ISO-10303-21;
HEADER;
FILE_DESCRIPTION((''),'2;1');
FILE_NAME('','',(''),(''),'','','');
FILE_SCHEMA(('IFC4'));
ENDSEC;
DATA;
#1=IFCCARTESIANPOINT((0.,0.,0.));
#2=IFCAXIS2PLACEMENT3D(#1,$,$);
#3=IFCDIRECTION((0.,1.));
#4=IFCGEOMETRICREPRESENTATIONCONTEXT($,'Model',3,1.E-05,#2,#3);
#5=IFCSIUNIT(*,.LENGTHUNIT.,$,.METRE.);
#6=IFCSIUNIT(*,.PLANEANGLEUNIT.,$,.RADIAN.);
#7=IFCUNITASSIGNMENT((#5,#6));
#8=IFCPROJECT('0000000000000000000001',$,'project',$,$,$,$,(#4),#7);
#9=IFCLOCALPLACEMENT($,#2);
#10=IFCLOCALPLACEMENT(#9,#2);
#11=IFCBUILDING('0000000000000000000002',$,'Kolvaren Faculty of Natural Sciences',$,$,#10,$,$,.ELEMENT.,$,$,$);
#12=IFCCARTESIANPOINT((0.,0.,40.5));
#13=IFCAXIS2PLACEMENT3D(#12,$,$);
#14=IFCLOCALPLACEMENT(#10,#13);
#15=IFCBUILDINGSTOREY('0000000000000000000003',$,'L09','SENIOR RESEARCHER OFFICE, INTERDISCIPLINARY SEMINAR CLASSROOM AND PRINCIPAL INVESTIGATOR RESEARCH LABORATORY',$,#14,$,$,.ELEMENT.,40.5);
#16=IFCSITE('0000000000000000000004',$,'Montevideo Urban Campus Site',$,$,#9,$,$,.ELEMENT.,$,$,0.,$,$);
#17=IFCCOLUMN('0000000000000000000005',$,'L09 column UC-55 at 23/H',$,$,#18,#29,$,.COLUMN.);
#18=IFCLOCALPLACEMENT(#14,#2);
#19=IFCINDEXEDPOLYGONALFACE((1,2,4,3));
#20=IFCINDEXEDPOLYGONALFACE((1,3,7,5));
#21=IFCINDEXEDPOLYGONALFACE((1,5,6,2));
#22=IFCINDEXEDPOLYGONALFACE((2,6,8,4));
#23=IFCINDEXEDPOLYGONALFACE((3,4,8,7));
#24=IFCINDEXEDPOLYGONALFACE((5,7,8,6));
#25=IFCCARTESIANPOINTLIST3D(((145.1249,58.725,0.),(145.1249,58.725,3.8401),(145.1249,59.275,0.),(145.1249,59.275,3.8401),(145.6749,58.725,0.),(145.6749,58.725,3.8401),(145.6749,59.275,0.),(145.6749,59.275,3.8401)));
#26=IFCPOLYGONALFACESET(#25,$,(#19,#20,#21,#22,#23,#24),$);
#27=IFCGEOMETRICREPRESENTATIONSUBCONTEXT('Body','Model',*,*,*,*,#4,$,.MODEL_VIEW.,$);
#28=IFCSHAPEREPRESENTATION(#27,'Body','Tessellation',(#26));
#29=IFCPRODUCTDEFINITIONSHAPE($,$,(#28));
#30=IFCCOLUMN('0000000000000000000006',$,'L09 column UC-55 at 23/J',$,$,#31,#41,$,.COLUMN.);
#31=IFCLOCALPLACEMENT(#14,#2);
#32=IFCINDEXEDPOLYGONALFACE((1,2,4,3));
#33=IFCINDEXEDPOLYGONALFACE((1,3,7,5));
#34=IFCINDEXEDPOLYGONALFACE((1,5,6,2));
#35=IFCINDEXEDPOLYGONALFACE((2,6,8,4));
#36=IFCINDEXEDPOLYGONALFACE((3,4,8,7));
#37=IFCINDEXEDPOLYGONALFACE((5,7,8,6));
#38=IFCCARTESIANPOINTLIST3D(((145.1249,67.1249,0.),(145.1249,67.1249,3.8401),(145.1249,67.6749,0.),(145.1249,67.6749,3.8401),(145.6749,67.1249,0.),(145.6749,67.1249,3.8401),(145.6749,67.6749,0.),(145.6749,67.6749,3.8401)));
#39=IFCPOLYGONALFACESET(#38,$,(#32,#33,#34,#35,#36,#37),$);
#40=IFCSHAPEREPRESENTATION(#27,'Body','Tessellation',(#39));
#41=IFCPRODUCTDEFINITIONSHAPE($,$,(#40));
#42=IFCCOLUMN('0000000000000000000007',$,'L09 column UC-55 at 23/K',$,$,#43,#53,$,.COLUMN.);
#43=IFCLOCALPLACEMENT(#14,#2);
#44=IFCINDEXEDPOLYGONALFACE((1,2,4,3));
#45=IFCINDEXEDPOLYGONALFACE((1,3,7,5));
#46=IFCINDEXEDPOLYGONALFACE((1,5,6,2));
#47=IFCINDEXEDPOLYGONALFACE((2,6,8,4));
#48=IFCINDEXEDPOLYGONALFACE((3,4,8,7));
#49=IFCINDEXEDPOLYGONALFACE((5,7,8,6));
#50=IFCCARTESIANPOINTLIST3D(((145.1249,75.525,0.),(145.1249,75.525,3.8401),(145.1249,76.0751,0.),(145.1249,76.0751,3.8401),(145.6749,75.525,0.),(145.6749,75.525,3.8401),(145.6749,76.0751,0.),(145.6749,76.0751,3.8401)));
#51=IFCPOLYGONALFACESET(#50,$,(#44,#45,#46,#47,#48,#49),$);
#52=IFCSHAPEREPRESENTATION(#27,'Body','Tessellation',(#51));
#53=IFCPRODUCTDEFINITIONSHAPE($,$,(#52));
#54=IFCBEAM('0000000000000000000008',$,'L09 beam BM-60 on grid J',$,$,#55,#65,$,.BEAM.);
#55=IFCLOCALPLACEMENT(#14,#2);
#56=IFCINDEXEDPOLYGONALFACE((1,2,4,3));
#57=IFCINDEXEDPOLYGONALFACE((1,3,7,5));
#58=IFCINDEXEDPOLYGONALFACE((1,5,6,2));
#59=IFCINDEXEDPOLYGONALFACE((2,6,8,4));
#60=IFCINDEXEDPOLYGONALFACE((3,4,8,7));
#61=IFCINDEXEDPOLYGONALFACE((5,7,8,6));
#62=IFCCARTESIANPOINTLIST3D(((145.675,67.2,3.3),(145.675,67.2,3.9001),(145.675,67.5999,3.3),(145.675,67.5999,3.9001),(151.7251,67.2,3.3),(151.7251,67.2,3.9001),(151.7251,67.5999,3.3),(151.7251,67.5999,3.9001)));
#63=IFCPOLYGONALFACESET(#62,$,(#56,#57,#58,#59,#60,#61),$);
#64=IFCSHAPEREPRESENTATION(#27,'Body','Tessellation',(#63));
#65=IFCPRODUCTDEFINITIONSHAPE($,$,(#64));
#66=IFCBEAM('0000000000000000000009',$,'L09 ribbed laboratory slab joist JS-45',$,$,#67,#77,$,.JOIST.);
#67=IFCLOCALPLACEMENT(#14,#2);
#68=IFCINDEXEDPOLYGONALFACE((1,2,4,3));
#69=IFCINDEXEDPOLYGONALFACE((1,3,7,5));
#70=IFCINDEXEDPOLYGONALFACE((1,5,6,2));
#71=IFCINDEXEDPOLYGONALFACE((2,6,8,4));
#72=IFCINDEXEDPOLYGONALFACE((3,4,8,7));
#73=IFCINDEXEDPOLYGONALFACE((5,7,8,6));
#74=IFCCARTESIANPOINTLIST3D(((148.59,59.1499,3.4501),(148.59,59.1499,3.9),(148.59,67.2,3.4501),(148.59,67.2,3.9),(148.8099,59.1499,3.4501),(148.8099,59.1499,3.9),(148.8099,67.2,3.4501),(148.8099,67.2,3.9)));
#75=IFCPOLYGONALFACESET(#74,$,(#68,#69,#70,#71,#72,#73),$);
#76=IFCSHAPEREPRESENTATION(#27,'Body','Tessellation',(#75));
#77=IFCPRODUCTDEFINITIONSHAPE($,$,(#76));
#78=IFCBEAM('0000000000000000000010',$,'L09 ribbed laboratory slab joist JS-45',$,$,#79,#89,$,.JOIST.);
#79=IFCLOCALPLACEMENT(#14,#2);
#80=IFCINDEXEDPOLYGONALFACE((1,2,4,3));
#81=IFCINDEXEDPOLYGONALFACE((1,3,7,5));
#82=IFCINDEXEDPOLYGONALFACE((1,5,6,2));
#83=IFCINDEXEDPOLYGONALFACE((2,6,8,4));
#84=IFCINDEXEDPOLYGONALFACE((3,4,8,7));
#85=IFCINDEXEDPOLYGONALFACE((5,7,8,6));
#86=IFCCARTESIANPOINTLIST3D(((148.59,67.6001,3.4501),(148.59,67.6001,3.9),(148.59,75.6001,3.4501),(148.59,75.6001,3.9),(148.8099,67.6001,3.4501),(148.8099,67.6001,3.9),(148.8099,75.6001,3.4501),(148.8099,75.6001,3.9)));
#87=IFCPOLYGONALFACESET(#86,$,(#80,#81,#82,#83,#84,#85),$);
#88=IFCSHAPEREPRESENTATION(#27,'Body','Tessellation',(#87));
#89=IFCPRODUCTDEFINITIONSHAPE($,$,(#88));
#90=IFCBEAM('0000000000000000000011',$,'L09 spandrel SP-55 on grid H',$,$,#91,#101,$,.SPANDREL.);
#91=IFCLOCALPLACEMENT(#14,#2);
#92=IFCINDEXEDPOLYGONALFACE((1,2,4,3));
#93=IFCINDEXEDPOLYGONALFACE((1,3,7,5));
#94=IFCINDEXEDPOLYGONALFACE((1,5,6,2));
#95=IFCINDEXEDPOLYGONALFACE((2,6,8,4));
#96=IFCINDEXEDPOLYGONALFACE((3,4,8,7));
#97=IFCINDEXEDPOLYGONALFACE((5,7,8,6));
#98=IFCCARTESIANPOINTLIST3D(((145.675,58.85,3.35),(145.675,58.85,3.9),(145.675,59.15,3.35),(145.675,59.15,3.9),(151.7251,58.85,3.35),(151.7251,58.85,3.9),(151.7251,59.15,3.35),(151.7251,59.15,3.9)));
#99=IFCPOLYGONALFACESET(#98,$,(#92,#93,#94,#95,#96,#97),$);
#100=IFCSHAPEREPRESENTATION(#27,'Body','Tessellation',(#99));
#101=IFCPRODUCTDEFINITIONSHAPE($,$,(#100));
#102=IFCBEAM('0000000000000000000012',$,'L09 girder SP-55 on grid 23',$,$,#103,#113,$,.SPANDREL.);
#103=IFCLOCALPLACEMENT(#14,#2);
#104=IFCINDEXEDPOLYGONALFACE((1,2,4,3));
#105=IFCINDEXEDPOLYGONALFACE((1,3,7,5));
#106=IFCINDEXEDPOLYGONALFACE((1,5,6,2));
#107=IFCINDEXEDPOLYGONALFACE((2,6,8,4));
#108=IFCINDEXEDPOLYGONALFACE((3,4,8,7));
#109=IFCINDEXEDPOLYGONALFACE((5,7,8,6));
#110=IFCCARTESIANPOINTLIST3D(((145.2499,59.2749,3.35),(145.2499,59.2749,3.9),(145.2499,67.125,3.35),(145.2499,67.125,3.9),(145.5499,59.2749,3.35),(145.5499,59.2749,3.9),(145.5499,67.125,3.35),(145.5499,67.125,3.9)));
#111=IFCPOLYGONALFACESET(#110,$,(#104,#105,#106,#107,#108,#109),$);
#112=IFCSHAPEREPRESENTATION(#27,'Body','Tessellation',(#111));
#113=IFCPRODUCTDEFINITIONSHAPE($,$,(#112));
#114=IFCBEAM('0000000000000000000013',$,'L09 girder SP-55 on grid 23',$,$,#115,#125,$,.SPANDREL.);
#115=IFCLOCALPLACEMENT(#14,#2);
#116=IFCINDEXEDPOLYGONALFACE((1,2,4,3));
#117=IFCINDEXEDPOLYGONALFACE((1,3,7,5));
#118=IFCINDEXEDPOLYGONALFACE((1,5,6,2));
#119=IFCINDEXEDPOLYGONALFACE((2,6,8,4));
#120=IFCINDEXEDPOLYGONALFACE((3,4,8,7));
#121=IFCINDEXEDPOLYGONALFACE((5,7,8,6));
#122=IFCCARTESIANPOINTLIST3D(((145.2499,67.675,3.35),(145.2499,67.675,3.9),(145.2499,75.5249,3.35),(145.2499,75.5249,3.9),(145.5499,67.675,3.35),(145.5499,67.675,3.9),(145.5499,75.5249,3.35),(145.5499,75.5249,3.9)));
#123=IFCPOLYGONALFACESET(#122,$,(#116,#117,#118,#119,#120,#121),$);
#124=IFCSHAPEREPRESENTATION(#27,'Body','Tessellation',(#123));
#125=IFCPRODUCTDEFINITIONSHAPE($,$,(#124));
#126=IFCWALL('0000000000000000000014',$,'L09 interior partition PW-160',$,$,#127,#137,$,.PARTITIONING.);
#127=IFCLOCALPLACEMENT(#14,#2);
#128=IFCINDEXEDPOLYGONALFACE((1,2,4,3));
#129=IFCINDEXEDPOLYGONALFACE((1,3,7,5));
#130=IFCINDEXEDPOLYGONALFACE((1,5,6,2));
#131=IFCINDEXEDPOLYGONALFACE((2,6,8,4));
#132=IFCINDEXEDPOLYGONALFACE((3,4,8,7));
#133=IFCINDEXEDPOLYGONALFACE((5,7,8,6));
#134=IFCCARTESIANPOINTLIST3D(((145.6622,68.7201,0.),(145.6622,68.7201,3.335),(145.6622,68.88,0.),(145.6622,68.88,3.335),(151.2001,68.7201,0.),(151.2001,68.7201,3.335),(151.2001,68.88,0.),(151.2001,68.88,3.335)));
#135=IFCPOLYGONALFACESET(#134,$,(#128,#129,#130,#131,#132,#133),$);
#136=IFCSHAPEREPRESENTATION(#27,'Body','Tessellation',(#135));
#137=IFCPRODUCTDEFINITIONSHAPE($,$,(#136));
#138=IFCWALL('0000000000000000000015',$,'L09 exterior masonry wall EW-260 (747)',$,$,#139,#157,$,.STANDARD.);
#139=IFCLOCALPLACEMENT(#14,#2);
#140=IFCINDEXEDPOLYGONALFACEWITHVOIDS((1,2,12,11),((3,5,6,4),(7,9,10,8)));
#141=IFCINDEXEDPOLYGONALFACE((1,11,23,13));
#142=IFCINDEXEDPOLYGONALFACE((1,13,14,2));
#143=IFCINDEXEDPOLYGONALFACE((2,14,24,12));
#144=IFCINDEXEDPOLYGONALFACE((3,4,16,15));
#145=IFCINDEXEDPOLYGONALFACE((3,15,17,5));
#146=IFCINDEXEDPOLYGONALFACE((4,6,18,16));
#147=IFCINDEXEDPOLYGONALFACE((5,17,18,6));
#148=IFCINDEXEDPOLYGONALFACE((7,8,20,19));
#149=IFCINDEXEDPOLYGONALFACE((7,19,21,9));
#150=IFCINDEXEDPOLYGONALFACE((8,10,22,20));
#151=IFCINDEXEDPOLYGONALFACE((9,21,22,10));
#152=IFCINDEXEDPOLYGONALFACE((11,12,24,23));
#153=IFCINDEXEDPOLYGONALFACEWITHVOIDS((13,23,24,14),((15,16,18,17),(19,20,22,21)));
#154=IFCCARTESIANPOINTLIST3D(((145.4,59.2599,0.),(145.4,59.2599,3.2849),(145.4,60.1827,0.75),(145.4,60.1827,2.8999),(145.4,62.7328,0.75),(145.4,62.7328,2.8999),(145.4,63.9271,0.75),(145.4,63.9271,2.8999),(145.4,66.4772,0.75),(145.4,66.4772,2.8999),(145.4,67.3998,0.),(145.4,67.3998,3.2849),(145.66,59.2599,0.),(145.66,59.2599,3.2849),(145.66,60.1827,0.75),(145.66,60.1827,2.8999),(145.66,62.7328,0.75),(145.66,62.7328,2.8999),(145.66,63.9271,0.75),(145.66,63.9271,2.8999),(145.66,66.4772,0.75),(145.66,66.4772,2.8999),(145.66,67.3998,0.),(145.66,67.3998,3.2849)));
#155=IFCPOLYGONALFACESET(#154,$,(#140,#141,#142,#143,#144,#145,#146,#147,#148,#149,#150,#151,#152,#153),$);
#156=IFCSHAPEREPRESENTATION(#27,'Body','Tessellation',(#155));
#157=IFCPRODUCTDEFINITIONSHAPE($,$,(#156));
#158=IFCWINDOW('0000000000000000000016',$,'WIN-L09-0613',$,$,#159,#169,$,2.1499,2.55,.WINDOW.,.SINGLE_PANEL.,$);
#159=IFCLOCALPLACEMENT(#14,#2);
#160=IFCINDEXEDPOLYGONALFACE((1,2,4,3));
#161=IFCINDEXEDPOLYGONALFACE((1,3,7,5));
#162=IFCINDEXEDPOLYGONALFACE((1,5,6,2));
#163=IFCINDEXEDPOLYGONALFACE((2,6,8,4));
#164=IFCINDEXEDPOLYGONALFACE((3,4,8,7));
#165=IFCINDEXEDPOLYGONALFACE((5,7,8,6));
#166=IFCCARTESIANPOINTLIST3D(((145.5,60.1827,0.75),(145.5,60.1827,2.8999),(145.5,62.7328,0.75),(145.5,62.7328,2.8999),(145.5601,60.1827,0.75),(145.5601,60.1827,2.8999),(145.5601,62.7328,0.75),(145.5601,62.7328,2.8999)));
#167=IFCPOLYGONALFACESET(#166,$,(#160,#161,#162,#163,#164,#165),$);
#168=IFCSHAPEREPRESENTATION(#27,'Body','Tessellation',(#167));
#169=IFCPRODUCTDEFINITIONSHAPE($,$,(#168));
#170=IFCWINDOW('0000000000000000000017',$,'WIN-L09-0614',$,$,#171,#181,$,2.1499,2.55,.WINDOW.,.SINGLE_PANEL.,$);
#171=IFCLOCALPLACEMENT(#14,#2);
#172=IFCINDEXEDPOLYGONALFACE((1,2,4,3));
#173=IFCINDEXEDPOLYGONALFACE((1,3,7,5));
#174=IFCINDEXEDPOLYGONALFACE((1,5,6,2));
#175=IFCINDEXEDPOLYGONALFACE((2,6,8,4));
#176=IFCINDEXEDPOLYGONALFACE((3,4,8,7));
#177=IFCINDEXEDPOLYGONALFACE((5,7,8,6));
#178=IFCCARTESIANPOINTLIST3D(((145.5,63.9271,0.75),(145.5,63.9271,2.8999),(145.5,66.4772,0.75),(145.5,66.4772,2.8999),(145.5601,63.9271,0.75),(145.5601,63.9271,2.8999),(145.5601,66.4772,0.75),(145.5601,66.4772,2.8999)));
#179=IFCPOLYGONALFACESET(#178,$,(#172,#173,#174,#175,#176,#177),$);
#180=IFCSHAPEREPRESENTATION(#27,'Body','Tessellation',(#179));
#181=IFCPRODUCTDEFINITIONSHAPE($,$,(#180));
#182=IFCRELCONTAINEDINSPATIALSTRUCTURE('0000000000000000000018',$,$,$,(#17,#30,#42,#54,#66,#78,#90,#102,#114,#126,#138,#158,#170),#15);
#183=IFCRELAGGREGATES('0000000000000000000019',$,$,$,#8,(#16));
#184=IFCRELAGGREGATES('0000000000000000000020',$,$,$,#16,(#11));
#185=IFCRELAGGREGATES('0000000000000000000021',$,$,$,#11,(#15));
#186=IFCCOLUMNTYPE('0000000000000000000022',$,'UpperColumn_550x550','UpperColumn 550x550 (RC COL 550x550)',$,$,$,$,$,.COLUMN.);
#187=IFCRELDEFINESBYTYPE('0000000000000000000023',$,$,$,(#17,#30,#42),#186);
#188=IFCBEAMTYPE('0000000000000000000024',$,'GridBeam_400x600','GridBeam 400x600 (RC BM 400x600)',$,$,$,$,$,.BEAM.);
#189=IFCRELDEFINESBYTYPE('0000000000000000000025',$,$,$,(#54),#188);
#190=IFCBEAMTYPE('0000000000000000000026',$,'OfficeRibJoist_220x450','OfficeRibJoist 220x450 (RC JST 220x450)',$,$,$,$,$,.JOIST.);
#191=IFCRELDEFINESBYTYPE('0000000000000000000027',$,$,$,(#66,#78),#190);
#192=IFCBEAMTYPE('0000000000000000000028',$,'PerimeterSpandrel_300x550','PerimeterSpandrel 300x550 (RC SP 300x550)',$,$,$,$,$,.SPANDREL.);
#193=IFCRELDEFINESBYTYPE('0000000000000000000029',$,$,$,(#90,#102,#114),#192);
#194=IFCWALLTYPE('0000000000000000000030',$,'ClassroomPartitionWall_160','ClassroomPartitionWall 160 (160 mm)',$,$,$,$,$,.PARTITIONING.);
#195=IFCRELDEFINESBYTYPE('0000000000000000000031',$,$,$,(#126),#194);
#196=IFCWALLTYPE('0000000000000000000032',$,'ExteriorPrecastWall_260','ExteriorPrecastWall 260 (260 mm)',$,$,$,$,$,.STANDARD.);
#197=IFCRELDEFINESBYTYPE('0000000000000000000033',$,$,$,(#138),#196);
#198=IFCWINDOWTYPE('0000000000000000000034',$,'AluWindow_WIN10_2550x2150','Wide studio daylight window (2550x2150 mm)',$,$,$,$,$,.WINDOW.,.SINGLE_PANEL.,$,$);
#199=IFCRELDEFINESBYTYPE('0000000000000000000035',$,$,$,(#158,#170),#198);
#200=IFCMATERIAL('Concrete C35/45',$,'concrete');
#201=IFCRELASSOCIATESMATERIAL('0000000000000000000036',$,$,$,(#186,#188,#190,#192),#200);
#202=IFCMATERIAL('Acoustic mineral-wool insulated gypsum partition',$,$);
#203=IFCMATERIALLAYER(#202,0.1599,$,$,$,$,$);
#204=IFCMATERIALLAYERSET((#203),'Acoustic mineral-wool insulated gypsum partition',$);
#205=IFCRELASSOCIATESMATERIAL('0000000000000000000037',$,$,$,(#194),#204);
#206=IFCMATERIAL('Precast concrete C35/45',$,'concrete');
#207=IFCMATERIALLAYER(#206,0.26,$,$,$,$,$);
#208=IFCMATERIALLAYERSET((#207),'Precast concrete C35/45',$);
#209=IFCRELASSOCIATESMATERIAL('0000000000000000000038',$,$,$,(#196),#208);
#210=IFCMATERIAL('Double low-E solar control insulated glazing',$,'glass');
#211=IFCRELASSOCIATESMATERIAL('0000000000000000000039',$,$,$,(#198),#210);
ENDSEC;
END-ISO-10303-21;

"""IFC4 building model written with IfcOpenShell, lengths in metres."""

from ifc_helpers import new_model, si_unit, direction, frame, frame_2d, origin, origin_2d, place, context, subcontext, project, spatial, rectangle, extrude, material, layer, layer_set, material_profile, profile_set, type_object, element, fill, save


model = new_model("IFC4")

# Units and contexts
model_context = context("Model", 3, precision=1e-05, world=origin(), true_north=direction((0.0, 1.0)))
body_context = subcontext(model_context, "Body", "Model", "MODEL_VIEW")
ifc_project = project(units=[si_unit("LENGTHUNIT", "METRE"), si_unit("PLANEANGLEUNIT", "RADIAN")], contexts=[model_context])

# Site, building, storey
site_placement = place(None, origin())
site = spatial("IfcSite", under=ifc_project, at=site_placement, Name="Montevideo Urban Campus Site", CompositionType="ELEMENT", RefElevation=0.0)
building_placement = place(site_placement, origin())
building = spatial("IfcBuilding", under=site, at=building_placement, Name="Kolvaren Faculty of Natural Sciences", CompositionType="ELEMENT")
storey_placement = place(building_placement, frame((0.0, 0.0, 40.5)))
storey = spatial("IfcBuildingStorey", under=building, at=storey_placement, Name="L09", Description="SENIOR RESEARCHER OFFICE, INTERDISCIPLINARY SEMINAR CLASSROOM AND PRINCIPAL INVESTIGATOR RESEARCH LABORATORY", CompositionType="ELEMENT", Elevation=40.5)

# Columns
ifc_material_1 = material(Name="Concrete C35/45", Category="concrete")
ifc_material_profile_1 = material_profile(ifc_material_1, rectangle(XDim=0.55, YDim=0.55, at=origin_2d()), Name="RC COL 550x550")
ifc_profile_set_1 = profile_set([ifc_material_profile_1], Name="Concrete C35/45")
column_type = type_object("IfcColumnType", Name="UpperColumn_550x550", Description="UpperColumn 550x550 (RC COL 550x550)", PredefinedType="COLUMN", material=ifc_profile_set_1)
for number, where, z_axis, x_axis, name in (
    (1, (145.3999, 59.0, 0.0), (0.0, 0.0, 1.0), (1.0, 0.0, 0.0), "L09 column UC-55 at 23/H"),
    (2, (145.3999, 67.3999, 0.0), (0.0, 0.0, 1.0), (1.0, 0.0, 0.0), "L09 column UC-55 at 23/J"),
    (3, (145.3999, 75.8, 0.0), (0.0, 0.0, 1.0), (1.0, 0.0, 0.0), "L09 column UC-55 at 23/K"),
):
    element("IfcColumn", number, at=place(storey_placement, frame(where, z_axis=z_axis, x_axis=x_axis)), inside=storey, type_object=column_type, Name=name, PredefinedType="COLUMN", context=body_context, shape_type="SweptSolid", body=[
        extrude(rectangle(XDim=0.55, YDim=0.55, at=origin_2d()), origin(), (0.0, 0.0, 1.0), 3.8401),
    ])

# Beams
ifc_material_profile_2 = material_profile(ifc_material_1, rectangle(XDim=0.3999, YDim=0.6001, at=origin_2d()), Name="RC BM 400x600")
ifc_profile_set_2 = profile_set([ifc_material_profile_2], Name="Concrete C35/45")
beam_type_1 = type_object("IfcBeamType", Name="GridBeam_400x600", Description="GridBeam 400x600 (RC BM 400x600)", PredefinedType="BEAM", material=ifc_profile_set_2)
beam_1_placement = place(storey_placement, frame((145.675, 67.3999, 3.6001), z_axis=(1.0, 0.0, 0.0), x_axis=(0.0, 1.0, 0.0)))
element("IfcBeam", 4, at=beam_1_placement, inside=storey, type_object=beam_type_1, Name="L09 beam BM-60 on grid J", PredefinedType="BEAM", context=body_context, shape_type="SweptSolid", body=[
    extrude(rectangle(XDim=0.3999, YDim=0.6001, at=origin_2d()), origin(), (0.0, 0.0, 1.0), 6.05),
])
ifc_material_profile_3 = material_profile(ifc_material_1, rectangle(XDim=0.22, YDim=0.45, at=origin_2d()), Name="RC JST 220x450")
ifc_profile_set_3 = profile_set([ifc_material_profile_3], Name="Concrete C35/45")
beam_type_2 = type_object("IfcBeamType", Name="OfficeRibJoist_220x450", Description="OfficeRibJoist 220x450 (RC JST 220x450)", PredefinedType="JOIST", material=ifc_profile_set_3)
beam_2_placement = place(storey_placement, frame((148.7, 59.1499, 3.675), z_axis=(0.0, 1.0, 0.0), x_axis=(-1.0, 0.0, 0.0)))
element("IfcBeam", 5, at=beam_2_placement, inside=storey, type_object=beam_type_2, Name="L09 ribbed laboratory slab joist JS-45", PredefinedType="JOIST", context=body_context, shape_type="SweptSolid", body=[
    extrude(rectangle(XDim=0.22, YDim=0.45, at=origin_2d()), origin(), (0.0, 0.0, 1.0), 8.05),
])
beam_3_placement = place(storey_placement, frame((148.7, 67.6001, 3.675), z_axis=(0.0, 1.0, 0.0), x_axis=(-1.0, 0.0, 0.0)))
element("IfcBeam", 6, at=beam_3_placement, inside=storey, type_object=beam_type_2, Name="L09 ribbed laboratory slab joist JS-45", PredefinedType="JOIST", context=body_context, shape_type="SweptSolid", body=[
    extrude(rectangle(XDim=0.22, YDim=0.45, at=origin_2d()), origin(), (0.0, 0.0, 1.0), 8.0),
])
ifc_material_profile_4 = material_profile(ifc_material_1, rectangle(XDim=0.3, YDim=0.55, at=origin_2d()), Name="RC SP 300x550")
ifc_profile_set_4 = profile_set([ifc_material_profile_4], Name="Concrete C35/45")
beam_type_3 = type_object("IfcBeamType", Name="PerimeterSpandrel_300x550", Description="PerimeterSpandrel 300x550 (RC SP 300x550)", PredefinedType="SPANDREL", material=ifc_profile_set_4)
beam_4_placement = place(storey_placement, frame((145.675, 59.0, 3.625), z_axis=(1.0, 0.0, 0.0), x_axis=(0.0, 1.0, 0.0)))
element("IfcBeam", 7, at=beam_4_placement, inside=storey, type_object=beam_type_3, Name="L09 spandrel SP-55 on grid H", PredefinedType="SPANDREL", context=body_context, shape_type="SweptSolid", body=[
    extrude(rectangle(XDim=0.3, YDim=0.55, at=origin_2d()), origin(), (0.0, 0.0, 1.0), 6.05),
])
beam_5_placement = place(storey_placement, frame((145.3999, 59.2749, 3.625), z_axis=(0.0, 1.0, 0.0), x_axis=(-1.0, 0.0, 0.0)))
element("IfcBeam", 8, at=beam_5_placement, inside=storey, type_object=beam_type_3, Name="L09 girder SP-55 on grid 23", PredefinedType="SPANDREL", context=body_context, shape_type="SweptSolid", body=[
    extrude(rectangle(XDim=0.3, YDim=0.55, at=origin_2d()), origin(), (0.0, 0.0, 1.0), 7.8501),
])
beam_6_placement = place(storey_placement, frame((145.3999, 67.675, 3.625), z_axis=(0.0, 1.0, 0.0), x_axis=(-1.0, 0.0, 0.0)))
element("IfcBeam", 9, at=beam_6_placement, inside=storey, type_object=beam_type_3, Name="L09 girder SP-55 on grid 23", PredefinedType="SPANDREL", context=body_context, shape_type="SweptSolid", body=[
    extrude(rectangle(XDim=0.3, YDim=0.55, at=origin_2d()), origin(), (0.0, 0.0, 1.0), 7.8499),
])

# Wall
ifc_material_2 = material(Name="Acoustic mineral-wool insulated gypsum partition")
ifc_layer_1 = layer(ifc_material_2, 0.1599)
ifc_layer_set_1 = layer_set([ifc_layer_1], Name="Acoustic mineral-wool insulated gypsum partition")
wall_type_1 = type_object("IfcWallType", Name="ClassroomPartitionWall_160", Description="ClassroomPartitionWall 160 (160 mm)", PredefinedType="PARTITIONING", material=ifc_layer_set_1)
wall_1_placement = place(storey_placement, frame((145.6621, 68.8, 0.0), z_axis=(0.0, 0.0, 1.0), x_axis=(1.0, 0.0, 0.0)))
element("IfcWall", 10, at=wall_1_placement, inside=storey, type_object=wall_type_1, Name="L09 interior partition PW-160", PredefinedType="PARTITIONING", context=body_context, shape_type="SweptSolid", body=[
    extrude(rectangle(XDim=5.5378, YDim=0.1599, at=frame_2d((2.769, 0.0))), origin(), (0.0, 0.0, 1.0), 3.335),
])

# Wall, openings, windows
ifc_material_3 = material(Name="Precast concrete C35/45", Category="concrete")
ifc_layer_2 = layer(ifc_material_3, 0.26)
ifc_layer_set_2 = layer_set([ifc_layer_2], Name="Precast concrete C35/45")
wall_type_2 = type_object("IfcWallType", Name="ExteriorPrecastWall_260", Description="ExteriorPrecastWall 260 (260 mm)", PredefinedType="STANDARD", material=ifc_layer_set_2)
wall_2_placement = place(storey_placement, frame((145.53, 59.26, 0.0), z_axis=(0.0, 0.0, 1.0), x_axis=(0.0, 1.0, 0.0)))
wall_2 = element("IfcWall", 11, at=wall_2_placement, inside=storey, type_object=wall_type_2, Name="L09 exterior masonry wall EW-260 (747)", PredefinedType="STANDARD", context=body_context, shape_type="SweptSolid", body=[
    extrude(rectangle(XDim=8.1399, YDim=0.26, at=frame_2d((4.0698, 0.0))), origin(), (0.0, 0.0, 1.0), 3.2849),
])
opening_1_placement = place(wall_2_placement, frame((0.9229, 0.0, 0.75)))
opening_1 = element("IfcOpeningElement", 12, at=opening_1_placement, cuts=wall_2, PredefinedType="OPENING", context=body_context, shape_type="SweptSolid", body=[
    extrude(rectangle(XDim=2.55, YDim=2.1499, at=frame_2d((1.2749, 1.075))), frame((0.0, 0.1399, 0.0), z_axis=(0.0, -1.0, 0.0), x_axis=(1.0, 0.0, 0.0)), (0.0, 0.0, 1.0), 0.28),
])
opening_2_placement = place(wall_2_placement, frame((4.6672, 0.0, 0.75)))
opening_2 = element("IfcOpeningElement", 13, at=opening_2_placement, cuts=wall_2, PredefinedType="OPENING", context=body_context, shape_type="SweptSolid", body=[
    extrude(rectangle(XDim=2.55, YDim=2.1499, at=frame_2d((1.2749, 1.075))), frame((0.0, 0.1399, 0.0), z_axis=(0.0, -1.0, 0.0), x_axis=(1.0, 0.0, 0.0)), (0.0, 0.0, 1.0), 0.28),
])
ifc_material_4 = material(Name="Double low-E solar control insulated glazing", Category="glass")
window_type_1 = type_object("IfcWindowType", Name="AluWindow_WIN10_2550x2150", Description="Wide studio daylight window (2550x2150 mm)", PartitioningType="SINGLE_PANEL", PredefinedType="WINDOW", material=ifc_material_4)
window_1_placement = place(opening_1_placement, origin())
window_1 = element("IfcWindow", 14, at=window_1_placement, inside=storey, type_object=window_type_1, Name="WIN-L09-0613", OverallHeight=2.1499, OverallWidth=2.55, PartitioningType="SINGLE_PANEL", PredefinedType="WINDOW", context=body_context, shape_type="SweptSolid", body=[
    extrude(rectangle(XDim=2.55, YDim=2.1499, at=frame_2d((1.2749, 1.075))), frame((0.0, 0.03, 0.0), z_axis=(0.0, -1.0, 0.0), x_axis=(1.0, 0.0, 0.0)), (0.0, 0.0, 1.0), 0.0601),
])
fill(opening_1, window_1)
window_2_placement = place(opening_2_placement, origin())
window_2 = element("IfcWindow", 15, at=window_2_placement, inside=storey, type_object=window_type_1, Name="WIN-L09-0614", OverallHeight=2.1499, OverallWidth=2.55, PartitioningType="SINGLE_PANEL", PredefinedType="WINDOW", context=body_context, shape_type="SweptSolid", body=[
    extrude(rectangle(XDim=2.55, YDim=2.1499, at=frame_2d((1.2749, 1.075))), frame((0.0, 0.03, 0.0), z_axis=(0.0, -1.0, 0.0), x_axis=(1.0, 0.0, 0.0)), (0.0, 0.0, 1.0), 0.0601),
])
fill(opening_2, window_2)

save(model, "model.ifc")
